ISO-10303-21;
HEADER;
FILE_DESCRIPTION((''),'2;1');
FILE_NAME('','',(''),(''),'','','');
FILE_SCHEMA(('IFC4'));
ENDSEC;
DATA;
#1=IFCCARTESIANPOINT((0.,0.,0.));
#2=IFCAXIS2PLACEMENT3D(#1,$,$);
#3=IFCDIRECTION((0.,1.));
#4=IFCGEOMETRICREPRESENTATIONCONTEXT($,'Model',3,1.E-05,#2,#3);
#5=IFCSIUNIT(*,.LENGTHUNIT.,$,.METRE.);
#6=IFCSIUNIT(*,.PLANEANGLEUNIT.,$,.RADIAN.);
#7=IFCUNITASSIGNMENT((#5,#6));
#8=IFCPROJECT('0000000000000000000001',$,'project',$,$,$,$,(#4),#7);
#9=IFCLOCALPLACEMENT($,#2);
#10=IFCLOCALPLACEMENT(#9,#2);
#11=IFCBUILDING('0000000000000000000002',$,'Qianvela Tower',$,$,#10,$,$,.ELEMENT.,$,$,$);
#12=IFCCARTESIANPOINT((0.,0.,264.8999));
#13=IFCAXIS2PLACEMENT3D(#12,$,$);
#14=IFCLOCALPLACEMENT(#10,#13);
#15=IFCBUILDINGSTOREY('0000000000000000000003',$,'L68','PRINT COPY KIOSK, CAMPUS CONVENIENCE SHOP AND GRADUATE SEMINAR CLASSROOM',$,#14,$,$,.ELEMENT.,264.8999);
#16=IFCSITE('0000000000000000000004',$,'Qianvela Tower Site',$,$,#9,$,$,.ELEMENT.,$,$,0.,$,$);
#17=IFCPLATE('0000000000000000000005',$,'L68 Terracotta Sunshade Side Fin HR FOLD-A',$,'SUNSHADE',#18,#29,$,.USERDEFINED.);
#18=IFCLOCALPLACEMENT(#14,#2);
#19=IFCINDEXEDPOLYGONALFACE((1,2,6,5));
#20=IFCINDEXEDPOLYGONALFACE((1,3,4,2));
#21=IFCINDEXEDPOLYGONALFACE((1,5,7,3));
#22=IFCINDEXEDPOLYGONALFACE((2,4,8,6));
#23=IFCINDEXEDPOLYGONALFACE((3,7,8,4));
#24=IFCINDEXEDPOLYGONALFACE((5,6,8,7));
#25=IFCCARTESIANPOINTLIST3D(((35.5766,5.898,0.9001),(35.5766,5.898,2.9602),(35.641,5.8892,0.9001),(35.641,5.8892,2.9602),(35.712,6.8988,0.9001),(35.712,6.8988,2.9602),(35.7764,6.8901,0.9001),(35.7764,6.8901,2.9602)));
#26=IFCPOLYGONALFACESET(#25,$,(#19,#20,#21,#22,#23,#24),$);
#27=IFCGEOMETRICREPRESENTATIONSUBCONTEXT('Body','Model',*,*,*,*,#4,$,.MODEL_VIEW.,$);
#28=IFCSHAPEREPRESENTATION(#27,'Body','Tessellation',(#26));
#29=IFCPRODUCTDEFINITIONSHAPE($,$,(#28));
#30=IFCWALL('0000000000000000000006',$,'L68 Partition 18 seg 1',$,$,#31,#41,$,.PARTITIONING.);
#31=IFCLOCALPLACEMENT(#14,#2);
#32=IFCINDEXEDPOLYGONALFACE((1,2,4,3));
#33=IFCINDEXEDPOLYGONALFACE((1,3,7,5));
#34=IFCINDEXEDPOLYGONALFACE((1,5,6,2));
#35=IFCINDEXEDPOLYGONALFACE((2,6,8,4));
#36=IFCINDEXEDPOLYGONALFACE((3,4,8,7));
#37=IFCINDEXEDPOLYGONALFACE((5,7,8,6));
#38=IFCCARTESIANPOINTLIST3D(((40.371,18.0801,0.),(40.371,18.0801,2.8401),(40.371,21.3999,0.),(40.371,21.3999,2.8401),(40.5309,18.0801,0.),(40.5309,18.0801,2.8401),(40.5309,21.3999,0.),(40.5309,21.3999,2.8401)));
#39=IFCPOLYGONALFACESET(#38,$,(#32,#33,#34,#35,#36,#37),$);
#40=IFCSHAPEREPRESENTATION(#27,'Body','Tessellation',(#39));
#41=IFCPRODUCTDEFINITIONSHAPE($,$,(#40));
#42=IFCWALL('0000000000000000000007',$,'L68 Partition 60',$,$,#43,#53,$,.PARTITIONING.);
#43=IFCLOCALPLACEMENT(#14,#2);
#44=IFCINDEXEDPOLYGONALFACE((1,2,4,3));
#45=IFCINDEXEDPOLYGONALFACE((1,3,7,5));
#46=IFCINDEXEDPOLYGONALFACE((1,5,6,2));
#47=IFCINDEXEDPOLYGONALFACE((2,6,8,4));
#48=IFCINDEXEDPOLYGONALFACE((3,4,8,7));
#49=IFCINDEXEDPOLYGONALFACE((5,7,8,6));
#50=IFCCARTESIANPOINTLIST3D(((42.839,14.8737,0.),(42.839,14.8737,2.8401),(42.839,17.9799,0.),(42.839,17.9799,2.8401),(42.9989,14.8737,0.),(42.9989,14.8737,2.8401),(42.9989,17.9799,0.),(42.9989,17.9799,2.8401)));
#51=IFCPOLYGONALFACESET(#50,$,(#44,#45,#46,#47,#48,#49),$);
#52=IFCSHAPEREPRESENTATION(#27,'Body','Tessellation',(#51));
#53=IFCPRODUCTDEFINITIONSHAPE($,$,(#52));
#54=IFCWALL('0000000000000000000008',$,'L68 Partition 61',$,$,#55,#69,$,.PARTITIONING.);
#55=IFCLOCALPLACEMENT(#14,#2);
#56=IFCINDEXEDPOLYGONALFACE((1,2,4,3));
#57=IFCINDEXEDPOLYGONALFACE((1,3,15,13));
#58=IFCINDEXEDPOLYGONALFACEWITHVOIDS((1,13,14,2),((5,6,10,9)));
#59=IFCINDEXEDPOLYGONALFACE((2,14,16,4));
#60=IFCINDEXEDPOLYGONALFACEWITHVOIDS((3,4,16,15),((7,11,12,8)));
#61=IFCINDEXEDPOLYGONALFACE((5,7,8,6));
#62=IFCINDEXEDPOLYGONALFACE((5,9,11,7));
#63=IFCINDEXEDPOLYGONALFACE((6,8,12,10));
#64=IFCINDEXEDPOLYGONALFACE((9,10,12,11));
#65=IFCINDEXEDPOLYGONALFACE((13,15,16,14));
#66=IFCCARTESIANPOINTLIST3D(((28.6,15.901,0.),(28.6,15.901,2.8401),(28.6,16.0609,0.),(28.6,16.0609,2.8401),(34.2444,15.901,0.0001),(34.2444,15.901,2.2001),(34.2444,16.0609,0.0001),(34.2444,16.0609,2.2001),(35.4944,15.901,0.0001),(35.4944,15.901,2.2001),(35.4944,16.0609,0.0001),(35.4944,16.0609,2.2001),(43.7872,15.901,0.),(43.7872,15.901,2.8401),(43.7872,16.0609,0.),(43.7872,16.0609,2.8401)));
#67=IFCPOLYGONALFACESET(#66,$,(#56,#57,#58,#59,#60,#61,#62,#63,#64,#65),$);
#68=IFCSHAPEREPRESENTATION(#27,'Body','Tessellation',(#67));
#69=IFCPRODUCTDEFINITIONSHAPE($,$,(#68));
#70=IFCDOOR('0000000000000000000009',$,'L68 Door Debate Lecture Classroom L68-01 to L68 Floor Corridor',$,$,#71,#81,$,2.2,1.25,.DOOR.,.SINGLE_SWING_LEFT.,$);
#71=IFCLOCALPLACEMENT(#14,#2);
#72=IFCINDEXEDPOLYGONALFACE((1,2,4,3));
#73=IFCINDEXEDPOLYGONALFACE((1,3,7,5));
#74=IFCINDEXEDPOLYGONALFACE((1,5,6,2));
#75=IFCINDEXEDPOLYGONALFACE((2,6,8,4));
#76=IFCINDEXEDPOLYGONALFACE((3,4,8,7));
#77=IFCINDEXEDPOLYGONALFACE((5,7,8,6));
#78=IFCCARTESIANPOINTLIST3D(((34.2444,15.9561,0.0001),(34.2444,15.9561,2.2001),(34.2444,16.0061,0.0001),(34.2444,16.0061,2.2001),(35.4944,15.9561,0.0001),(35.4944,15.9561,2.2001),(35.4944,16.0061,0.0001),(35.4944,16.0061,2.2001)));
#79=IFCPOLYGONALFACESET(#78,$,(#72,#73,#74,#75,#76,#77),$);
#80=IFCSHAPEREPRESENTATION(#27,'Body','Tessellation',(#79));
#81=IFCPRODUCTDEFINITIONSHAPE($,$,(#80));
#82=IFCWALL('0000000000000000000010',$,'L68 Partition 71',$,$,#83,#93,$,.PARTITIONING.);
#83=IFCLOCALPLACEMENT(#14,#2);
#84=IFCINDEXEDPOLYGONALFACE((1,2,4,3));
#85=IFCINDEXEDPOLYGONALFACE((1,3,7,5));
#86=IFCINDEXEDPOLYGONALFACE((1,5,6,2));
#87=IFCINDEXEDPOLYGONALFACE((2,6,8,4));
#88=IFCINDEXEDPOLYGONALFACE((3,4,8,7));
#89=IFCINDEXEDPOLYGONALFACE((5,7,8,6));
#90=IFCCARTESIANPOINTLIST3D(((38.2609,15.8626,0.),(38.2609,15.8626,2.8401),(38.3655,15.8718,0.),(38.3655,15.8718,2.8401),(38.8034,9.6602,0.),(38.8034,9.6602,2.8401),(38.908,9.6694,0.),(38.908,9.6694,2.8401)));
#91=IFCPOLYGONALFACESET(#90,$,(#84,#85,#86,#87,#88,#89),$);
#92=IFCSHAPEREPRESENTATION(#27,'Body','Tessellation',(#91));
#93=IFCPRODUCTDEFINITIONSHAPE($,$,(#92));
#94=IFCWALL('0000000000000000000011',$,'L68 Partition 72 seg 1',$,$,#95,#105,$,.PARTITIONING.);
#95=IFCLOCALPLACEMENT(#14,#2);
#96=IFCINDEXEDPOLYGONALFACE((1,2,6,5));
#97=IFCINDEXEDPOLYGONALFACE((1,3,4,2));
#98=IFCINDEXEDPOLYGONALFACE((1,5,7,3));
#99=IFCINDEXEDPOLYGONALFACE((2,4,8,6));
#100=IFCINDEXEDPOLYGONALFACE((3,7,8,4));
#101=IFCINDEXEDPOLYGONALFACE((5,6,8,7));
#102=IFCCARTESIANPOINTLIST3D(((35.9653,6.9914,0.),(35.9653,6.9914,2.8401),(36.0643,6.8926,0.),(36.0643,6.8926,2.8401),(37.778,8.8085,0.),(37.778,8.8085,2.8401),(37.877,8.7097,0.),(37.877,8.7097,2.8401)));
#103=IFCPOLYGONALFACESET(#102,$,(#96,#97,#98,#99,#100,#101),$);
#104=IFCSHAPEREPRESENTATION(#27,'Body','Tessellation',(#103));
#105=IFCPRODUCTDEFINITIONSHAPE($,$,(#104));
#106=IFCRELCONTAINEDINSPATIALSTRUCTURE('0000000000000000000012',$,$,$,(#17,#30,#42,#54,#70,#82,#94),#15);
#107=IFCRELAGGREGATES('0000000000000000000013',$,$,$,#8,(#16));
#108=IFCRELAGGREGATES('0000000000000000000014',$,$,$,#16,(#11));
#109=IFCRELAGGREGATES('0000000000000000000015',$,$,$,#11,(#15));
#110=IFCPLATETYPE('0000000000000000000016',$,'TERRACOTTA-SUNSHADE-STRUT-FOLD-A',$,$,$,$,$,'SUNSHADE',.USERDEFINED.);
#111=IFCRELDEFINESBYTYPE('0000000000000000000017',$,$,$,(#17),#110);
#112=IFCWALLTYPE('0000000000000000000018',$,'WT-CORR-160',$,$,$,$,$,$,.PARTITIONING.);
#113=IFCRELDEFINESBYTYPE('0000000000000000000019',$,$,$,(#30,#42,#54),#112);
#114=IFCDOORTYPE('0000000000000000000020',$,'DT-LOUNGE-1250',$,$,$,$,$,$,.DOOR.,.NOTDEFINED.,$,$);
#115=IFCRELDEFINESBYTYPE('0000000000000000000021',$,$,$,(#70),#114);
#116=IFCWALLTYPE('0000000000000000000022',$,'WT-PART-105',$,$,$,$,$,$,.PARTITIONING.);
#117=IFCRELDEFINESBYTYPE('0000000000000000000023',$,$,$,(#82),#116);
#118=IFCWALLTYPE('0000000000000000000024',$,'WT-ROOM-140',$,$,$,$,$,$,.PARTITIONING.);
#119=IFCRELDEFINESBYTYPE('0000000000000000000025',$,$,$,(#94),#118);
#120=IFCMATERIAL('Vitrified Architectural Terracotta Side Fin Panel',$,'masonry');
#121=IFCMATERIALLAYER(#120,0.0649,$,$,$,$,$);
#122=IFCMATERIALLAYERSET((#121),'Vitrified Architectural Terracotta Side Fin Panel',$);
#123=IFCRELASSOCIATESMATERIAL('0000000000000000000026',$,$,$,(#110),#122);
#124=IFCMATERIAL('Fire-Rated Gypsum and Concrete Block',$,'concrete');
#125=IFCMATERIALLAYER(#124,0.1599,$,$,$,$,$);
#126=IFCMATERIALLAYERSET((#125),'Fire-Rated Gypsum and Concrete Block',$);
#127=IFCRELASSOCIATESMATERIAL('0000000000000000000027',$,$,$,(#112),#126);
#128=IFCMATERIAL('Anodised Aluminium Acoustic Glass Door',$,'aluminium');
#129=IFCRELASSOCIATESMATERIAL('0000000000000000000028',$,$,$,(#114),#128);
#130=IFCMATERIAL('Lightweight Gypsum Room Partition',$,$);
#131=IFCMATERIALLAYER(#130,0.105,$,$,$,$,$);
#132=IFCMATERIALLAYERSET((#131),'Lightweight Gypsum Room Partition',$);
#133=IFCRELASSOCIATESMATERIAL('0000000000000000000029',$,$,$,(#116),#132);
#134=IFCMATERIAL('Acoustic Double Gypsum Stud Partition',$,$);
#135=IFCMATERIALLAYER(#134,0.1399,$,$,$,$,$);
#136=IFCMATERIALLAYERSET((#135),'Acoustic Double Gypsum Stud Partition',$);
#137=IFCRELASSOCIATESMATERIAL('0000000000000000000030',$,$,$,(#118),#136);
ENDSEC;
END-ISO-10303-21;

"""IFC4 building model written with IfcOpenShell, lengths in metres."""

from ifc_helpers import new_model, si_unit, direction, frame, frame_2d, origin, origin_2d, place, context, subcontext, project, spatial, rectangle, extrude, material, layer, layer_set, type_object, element, fill, save


model = new_model("IFC4")

# Units and contexts
model_context = context("Model", 3, precision=1e-05, world=origin(), true_north=direction((0.0, 1.0)))
body_context = subcontext(model_context, "Body", "Model", "MODEL_VIEW")
ifc_project = project(units=[si_unit("LENGTHUNIT", "METRE"), si_unit("PLANEANGLEUNIT", "RADIAN")], contexts=[model_context])

# Site, building, storey
site_placement = place(None, origin())
site = spatial("IfcSite", under=ifc_project, at=site_placement, Name="Qianvela Tower Site", CompositionType="ELEMENT", RefElevation=0.0)
building_placement = place(site_placement, origin())
building = spatial("IfcBuilding", under=site, at=building_placement, Name="Qianvela Tower", CompositionType="ELEMENT")
storey_placement = place(building_placement, frame((0.0, 0.0, 264.8999)))
storey = spatial("IfcBuildingStorey", under=building, at=storey_placement, Name="L68", Description="PRINT COPY KIOSK, CAMPUS CONVENIENCE SHOP AND GRADUATE SEMINAR CLASSROOM", CompositionType="ELEMENT", Elevation=264.8999)

# Plate
ifc_material_1 = material(Name="Vitrified Architectural Terracotta Side Fin Panel", Category="masonry")
ifc_layer_1 = layer(ifc_material_1, 0.0649)
ifc_layer_set_1 = layer_set([ifc_layer_1], Name="Vitrified Architectural Terracotta Side Fin Panel")
plate_type_1 = type_object("IfcPlateType", Name="TERRACOTTA-SUNSHADE-STRUT-FOLD-A", ElementType="SUNSHADE", PredefinedType="USERDEFINED", material=ifc_layer_set_1)
plate_1_placement = place(storey_placement, frame((35.6765, 6.394, 0.9001), z_axis=(0.0, 0.0, 1.0), x_axis=(0.99097, -0.134083, 0.0)))
element("IfcPlate", 1, at=plate_1_placement, inside=storey, type_object=plate_type_1, Name="L68 Terracotta Sunshade Side Fin HR FOLD-A", ObjectType="SUNSHADE", PredefinedType="USERDEFINED", context=body_context, shape_type="SweptSolid", body=[
    extrude(rectangle(XDim=0.0649, YDim=1.01, at=origin_2d()), origin(), (0.0, 0.0, 1.0), 2.0601),
])

# Shared definitions
ifc_material_2 = material(Name="Fire-Rated Gypsum and Concrete Block", Category="concrete")
ifc_layer_2 = layer(ifc_material_2, 0.1599)
ifc_layer_set_2 = layer_set([ifc_layer_2], Name="Fire-Rated Gypsum and Concrete Block")
wall_type_1 = type_object("IfcWallType", Name="WT-CORR-160", PredefinedType="PARTITIONING", material=ifc_layer_set_2)

# Walls
wall_1_placement = place(storey_placement, frame((40.4509, 18.0801, 0.0), z_axis=(0.0, 0.0, 1.0), x_axis=(0.0, 1.0, 0.0)))
element("IfcWall", 2, at=wall_1_placement, inside=storey, type_object=wall_type_1, Name="L68 Partition 18 seg 1", PredefinedType="PARTITIONING", context=body_context, shape_type="SweptSolid", body=[
    extrude(rectangle(XDim=3.3198, YDim=0.1599, at=frame_2d((1.6599, 0.0))), origin(), (0.0, 0.0, 1.0), 2.8401),
])
wall_2_placement = place(storey_placement, frame((42.9189, 17.98, 0.0), z_axis=(0.0, 0.0, 1.0), x_axis=(0.0, -1.0, 0.0)))
element("IfcWall", 3, at=wall_2_placement, inside=storey, type_object=wall_type_1, Name="L68 Partition 60", PredefinedType="PARTITIONING", context=body_context, shape_type="SweptSolid", body=[
    extrude(rectangle(XDim=3.1062, YDim=0.1599, at=frame_2d((1.5532, 0.0))), origin(), (0.0, 0.0, 1.0), 2.8401),
])

# Wall, opening, door
wall_3_placement = place(storey_placement, frame((43.7874, 15.981, 0.0), z_axis=(0.0, 0.0, 1.0), x_axis=(-1.0, 0.0, 0.0)))
wall_3 = element("IfcWall", 4, at=wall_3_placement, inside=storey, type_object=wall_type_1, Name="L68 Partition 61", PredefinedType="PARTITIONING", context=body_context, shape_type="SweptSolid", body=[
    extrude(rectangle(XDim=15.1873, YDim=0.1599, at=frame_2d((7.5938, 0.0))), origin(), (0.0, 0.0, 1.0), 2.8401),
])
opening_1_placement = place(wall_3_placement, frame((8.293, 0.0, 0.0)))
opening_1 = element("IfcOpeningElement", 5, at=opening_1_placement, cuts=wall_3, PredefinedType="OPENING", context=body_context, shape_type="SweptSolid", body=[
    extrude(rectangle(XDim=1.25, YDim=2.2, at=frame_2d((0.625, 1.1001))), frame((0.0, 0.0898, 0.0), z_axis=(0.0, -1.0, 0.0), x_axis=(1.0, 0.0, 0.0)), (0.0, 0.0, 1.0), 0.1799),
])
ifc_material_3 = material(Name="Anodised Aluminium Acoustic Glass Door", Category="aluminium")
door_type_1 = type_object("IfcDoorType", Name="DT-LOUNGE-1250", OperationType="NOTDEFINED", PredefinedType="DOOR", material=ifc_material_3)
door_1_placement = place(opening_1_placement, origin())
door_1 = element("IfcDoor", 6, at=door_1_placement, inside=storey, type_object=door_type_1, Name="L68 Door Debate Lecture Classroom L68-01 to L68 Floor Corridor", OperationType="SINGLE_SWING_LEFT", OverallHeight=2.2, OverallWidth=1.25, PredefinedType="DOOR", context=body_context, shape_type="SweptSolid", body=[
    extrude(rectangle(XDim=1.25, YDim=2.2, at=frame_2d((0.625, 1.1001))), frame((0.0, 0.0249, 0.0), z_axis=(0.0, -1.0, 0.0), x_axis=(1.0, 0.0, 0.0)), (0.0, 0.0, 1.0), 0.05),
])
fill(opening_1, door_1)

# Walls
ifc_material_4 = material(Name="Lightweight Gypsum Room Partition")
ifc_layer_3 = layer(ifc_material_4, 0.105)
ifc_layer_set_3 = layer_set([ifc_layer_3], Name="Lightweight Gypsum Room Partition")
wall_type_2 = type_object("IfcWallType", Name="WT-PART-105", PredefinedType="PARTITIONING", material=ifc_layer_set_3)
wall_4_placement = place(storey_placement, frame((38.3132, 15.8672, 0.0), z_axis=(0.0, 0.0, 1.0), x_axis=(0.08713, -0.996197, 0.0)))
element("IfcWall", 7, at=wall_4_placement, inside=storey, type_object=wall_type_2, Name="L68 Partition 71", PredefinedType="PARTITIONING", context=body_context, shape_type="SweptSolid", body=[
    extrude(rectangle(XDim=6.2261, YDim=0.105, at=frame_2d((3.113, 0.0))), origin(), (0.0, 0.0, 1.0), 2.8401),
])
ifc_material_5 = material(Name="Acoustic Double Gypsum Stud Partition")
ifc_layer_4 = layer(ifc_material_5, 0.1399)
ifc_layer_set_4 = layer_set([ifc_layer_4], Name="Acoustic Double Gypsum Stud Partition")
wall_type_3 = type_object("IfcWallType", Name="WT-ROOM-140", PredefinedType="PARTITIONING", material=ifc_layer_set_4)
wall_5_placement = place(storey_placement, frame((37.8274, 8.759, 0.0), z_axis=(0.0, 0.0, 1.0), x_axis=(-0.70625, -0.707962, 0.0)))
element("IfcWall", 8, at=wall_5_placement, inside=storey, type_object=wall_type_3, Name="L68 Partition 72 seg 1", PredefinedType="PARTITIONING", context=body_context, shape_type="SweptSolid", body=[
    extrude(rectangle(XDim=2.5667, YDim=0.1399, at=frame_2d((1.2832, 0.0))), origin(), (0.0, 0.0, 1.0), 2.8401),
])

save(model, "model.ifc")
